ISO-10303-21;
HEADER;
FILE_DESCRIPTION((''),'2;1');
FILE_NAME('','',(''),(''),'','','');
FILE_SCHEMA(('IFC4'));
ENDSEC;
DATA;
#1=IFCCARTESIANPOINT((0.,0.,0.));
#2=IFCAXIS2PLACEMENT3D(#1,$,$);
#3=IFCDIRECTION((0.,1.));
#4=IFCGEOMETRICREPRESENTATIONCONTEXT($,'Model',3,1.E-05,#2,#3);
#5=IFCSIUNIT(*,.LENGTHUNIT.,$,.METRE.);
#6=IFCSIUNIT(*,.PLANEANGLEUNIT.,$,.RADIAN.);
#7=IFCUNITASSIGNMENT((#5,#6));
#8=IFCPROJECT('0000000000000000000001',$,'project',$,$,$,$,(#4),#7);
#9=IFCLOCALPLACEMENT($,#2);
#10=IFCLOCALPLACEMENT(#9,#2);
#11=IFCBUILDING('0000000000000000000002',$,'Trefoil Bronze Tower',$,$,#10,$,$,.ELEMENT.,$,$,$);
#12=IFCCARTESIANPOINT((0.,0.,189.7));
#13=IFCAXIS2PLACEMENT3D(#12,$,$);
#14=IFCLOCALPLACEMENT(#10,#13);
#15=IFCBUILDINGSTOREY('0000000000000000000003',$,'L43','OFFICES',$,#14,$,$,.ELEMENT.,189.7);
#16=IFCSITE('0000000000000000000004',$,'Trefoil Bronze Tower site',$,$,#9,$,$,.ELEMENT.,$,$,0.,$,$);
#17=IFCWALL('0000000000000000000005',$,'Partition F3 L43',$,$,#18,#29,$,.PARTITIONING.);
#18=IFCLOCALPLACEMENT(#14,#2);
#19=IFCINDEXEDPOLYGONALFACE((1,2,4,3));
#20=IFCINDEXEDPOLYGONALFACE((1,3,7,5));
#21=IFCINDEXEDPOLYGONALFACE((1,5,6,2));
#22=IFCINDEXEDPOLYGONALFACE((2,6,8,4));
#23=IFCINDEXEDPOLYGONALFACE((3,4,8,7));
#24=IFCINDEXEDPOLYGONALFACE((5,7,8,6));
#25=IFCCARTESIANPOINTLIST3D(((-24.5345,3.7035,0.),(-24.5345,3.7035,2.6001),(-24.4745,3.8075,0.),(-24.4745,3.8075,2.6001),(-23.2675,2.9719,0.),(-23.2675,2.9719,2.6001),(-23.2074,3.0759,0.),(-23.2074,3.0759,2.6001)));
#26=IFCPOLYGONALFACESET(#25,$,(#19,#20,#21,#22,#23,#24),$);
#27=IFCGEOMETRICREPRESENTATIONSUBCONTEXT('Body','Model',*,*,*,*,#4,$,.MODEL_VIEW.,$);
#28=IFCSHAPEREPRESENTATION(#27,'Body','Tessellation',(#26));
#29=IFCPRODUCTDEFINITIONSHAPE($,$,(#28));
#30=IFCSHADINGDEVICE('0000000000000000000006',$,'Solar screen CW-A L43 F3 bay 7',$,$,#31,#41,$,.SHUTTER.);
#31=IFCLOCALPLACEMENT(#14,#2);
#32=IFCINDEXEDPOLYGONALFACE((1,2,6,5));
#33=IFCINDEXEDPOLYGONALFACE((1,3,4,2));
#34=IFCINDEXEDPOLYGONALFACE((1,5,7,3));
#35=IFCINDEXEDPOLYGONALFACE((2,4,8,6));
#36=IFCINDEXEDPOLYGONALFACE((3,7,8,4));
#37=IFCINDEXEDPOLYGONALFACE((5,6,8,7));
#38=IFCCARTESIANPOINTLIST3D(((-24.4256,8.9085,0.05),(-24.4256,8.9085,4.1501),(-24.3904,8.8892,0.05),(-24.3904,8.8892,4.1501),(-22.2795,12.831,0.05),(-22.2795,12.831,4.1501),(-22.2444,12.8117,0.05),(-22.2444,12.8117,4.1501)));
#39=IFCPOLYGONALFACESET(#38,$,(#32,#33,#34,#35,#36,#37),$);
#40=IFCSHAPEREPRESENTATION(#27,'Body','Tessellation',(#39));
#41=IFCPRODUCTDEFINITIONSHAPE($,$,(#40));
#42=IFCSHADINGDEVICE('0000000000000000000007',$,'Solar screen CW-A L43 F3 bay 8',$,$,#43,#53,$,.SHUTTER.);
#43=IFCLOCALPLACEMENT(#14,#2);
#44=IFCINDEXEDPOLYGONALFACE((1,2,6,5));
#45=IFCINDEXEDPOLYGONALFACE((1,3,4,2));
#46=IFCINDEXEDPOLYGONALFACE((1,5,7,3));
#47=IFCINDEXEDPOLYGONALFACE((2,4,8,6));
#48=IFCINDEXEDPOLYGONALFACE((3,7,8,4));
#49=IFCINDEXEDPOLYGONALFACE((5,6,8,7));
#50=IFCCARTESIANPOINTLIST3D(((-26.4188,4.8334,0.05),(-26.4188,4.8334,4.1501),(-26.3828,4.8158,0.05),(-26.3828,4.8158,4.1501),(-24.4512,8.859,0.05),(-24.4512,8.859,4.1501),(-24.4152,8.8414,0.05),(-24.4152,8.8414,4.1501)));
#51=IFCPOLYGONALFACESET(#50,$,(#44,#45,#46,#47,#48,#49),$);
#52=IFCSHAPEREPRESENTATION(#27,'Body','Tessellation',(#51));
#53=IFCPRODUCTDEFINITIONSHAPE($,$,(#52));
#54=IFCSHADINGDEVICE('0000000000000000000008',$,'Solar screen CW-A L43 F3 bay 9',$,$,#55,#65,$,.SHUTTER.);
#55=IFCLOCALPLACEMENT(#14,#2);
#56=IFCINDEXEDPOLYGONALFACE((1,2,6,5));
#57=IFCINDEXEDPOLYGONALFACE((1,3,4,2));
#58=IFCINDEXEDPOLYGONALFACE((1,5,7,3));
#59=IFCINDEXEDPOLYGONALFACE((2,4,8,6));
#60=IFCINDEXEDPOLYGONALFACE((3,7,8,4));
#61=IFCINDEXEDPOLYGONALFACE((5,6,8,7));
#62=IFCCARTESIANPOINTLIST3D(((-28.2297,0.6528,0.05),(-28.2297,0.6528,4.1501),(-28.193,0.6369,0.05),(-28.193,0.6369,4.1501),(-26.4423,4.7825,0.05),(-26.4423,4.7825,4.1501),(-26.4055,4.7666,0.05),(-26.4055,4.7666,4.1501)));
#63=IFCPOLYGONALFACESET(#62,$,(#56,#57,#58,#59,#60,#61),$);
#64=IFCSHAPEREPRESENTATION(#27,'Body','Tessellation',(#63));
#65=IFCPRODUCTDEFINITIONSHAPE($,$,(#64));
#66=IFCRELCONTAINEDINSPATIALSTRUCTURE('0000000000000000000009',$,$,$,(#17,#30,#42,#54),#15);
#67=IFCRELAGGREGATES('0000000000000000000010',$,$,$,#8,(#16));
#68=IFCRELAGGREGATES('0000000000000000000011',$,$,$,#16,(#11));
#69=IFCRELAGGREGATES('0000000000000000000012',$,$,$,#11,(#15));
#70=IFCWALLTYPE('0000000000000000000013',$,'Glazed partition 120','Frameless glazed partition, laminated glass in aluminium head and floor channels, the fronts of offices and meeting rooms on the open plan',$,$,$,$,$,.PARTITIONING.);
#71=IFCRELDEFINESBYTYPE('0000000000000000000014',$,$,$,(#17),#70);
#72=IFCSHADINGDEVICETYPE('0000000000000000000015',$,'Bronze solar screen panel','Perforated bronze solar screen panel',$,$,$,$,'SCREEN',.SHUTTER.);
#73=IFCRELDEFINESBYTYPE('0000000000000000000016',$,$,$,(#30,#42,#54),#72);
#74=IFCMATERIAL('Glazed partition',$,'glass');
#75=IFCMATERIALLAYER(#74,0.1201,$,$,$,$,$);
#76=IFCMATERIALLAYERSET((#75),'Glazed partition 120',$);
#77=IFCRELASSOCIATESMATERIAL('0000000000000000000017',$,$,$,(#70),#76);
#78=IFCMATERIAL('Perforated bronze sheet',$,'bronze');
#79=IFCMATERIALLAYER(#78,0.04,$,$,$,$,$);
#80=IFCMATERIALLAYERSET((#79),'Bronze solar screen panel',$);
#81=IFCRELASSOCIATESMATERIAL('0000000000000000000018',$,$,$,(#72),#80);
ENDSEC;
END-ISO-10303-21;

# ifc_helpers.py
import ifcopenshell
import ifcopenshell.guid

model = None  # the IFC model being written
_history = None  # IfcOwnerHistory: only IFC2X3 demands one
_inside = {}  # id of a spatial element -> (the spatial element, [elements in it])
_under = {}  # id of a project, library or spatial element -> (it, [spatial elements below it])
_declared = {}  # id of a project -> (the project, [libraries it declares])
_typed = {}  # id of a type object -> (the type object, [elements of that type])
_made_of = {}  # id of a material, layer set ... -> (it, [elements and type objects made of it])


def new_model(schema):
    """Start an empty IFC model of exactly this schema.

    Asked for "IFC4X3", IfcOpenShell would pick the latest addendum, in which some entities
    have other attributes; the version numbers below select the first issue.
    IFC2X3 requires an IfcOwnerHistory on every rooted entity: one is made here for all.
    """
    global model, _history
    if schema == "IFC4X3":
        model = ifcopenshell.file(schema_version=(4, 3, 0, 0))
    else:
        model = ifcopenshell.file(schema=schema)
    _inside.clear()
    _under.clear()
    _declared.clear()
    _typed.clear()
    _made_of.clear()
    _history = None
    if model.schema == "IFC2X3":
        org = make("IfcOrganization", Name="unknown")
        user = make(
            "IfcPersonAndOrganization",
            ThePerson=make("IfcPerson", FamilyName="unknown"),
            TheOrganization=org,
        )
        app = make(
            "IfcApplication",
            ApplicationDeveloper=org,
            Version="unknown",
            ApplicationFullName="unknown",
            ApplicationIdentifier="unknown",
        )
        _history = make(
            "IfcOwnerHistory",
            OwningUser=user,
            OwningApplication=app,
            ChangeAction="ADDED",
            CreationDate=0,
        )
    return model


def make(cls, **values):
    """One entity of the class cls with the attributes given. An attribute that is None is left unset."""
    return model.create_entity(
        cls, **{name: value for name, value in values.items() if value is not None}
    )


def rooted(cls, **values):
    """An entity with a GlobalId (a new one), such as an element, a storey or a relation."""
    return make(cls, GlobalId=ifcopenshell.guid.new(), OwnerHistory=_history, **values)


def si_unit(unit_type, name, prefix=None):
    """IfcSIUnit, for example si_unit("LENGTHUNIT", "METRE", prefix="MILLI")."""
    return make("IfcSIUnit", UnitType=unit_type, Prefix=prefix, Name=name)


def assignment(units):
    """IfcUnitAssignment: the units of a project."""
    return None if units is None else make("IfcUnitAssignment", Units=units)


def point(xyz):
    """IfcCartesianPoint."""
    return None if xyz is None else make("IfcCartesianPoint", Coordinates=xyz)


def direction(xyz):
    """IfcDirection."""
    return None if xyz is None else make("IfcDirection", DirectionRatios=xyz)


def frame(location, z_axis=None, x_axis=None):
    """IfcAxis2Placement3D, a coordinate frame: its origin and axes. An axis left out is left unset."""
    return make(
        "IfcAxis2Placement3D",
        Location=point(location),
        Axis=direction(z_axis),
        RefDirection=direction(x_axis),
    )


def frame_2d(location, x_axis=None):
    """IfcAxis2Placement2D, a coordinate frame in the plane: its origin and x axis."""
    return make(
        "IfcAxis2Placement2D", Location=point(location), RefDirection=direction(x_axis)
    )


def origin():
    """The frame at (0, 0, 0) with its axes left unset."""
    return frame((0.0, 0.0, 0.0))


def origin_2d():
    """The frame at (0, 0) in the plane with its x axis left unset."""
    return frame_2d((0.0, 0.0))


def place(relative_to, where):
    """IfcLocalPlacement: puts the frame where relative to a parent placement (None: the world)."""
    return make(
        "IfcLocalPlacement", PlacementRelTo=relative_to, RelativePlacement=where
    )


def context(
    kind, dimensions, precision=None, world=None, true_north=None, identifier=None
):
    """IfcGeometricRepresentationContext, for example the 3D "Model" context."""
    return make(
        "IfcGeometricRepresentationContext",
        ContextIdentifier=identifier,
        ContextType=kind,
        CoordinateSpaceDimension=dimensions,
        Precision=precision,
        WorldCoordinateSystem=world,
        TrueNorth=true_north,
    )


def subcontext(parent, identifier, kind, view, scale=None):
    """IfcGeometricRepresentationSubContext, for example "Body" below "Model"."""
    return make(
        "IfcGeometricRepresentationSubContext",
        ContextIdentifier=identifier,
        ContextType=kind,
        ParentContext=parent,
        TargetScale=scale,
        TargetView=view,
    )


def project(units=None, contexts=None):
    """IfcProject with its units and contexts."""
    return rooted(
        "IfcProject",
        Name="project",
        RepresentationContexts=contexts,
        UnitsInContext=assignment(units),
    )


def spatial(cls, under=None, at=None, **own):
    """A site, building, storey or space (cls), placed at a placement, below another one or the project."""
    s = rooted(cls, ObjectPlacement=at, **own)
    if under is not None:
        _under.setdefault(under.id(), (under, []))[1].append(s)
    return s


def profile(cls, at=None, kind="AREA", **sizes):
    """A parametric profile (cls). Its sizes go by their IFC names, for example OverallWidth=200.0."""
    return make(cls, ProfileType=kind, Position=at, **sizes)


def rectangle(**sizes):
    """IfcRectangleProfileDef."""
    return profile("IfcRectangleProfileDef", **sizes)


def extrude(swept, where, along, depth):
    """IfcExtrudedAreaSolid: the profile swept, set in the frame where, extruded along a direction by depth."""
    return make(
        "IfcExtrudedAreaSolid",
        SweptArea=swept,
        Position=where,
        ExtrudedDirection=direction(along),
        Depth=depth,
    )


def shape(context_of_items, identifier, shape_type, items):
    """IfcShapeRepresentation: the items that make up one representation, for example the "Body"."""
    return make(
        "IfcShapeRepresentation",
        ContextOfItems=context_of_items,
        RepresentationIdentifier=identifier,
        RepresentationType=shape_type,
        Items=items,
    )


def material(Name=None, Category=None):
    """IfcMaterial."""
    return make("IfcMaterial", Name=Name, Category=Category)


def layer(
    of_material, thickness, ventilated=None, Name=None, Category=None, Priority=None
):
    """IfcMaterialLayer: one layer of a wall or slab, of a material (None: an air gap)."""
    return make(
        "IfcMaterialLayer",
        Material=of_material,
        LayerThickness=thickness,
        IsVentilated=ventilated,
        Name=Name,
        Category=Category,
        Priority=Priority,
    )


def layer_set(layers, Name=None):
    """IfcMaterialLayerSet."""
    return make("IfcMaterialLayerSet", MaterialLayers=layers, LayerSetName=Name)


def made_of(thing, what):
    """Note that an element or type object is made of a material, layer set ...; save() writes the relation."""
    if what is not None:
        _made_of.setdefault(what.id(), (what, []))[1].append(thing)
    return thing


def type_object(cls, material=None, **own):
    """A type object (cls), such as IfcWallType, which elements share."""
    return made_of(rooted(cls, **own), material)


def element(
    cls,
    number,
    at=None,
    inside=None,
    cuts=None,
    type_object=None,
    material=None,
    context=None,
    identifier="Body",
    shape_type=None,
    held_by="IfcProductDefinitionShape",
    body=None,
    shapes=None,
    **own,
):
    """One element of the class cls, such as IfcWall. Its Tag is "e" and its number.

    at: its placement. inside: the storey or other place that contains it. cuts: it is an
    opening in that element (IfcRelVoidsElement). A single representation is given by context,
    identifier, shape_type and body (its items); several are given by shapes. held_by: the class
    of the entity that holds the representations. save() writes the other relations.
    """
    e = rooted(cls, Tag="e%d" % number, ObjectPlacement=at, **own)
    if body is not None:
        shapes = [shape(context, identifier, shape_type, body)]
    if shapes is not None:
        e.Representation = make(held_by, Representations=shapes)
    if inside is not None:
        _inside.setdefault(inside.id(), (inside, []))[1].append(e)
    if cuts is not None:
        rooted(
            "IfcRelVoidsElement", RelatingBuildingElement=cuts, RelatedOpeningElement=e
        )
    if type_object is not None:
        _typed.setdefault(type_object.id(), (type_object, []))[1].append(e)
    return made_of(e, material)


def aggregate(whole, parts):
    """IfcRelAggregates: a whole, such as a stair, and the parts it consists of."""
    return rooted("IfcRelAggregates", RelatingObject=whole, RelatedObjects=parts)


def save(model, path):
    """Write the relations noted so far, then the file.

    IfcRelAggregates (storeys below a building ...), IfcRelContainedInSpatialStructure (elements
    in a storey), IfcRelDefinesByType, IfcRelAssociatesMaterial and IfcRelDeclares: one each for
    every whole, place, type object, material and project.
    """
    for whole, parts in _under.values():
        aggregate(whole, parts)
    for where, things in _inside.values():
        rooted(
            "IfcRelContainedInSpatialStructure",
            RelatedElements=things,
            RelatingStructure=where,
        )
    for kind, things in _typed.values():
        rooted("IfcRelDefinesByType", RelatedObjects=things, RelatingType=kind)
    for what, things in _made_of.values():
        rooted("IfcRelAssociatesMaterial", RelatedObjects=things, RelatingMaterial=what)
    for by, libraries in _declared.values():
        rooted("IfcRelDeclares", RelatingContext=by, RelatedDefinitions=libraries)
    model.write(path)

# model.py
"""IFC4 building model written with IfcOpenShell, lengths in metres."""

from ifc_helpers import new_model, si_unit, direction, frame, frame_2d, origin, origin_2d, place, context, subcontext, project, spatial, rectangle, extrude, material, layer, layer_set, type_object, element, save


model = new_model("IFC4")

# Units and contexts
model_context = context("Model", 3, precision=1e-05, world=origin(), true_north=direction((0.0, 1.0)))
body_context = subcontext(model_context, "Body", "Model", "MODEL_VIEW")
ifc_project = project(units=[si_unit("LENGTHUNIT", "METRE"), si_unit("PLANEANGLEUNIT", "RADIAN")], contexts=[model_context])

# Site, building, storey
site_placement = place(None, origin())
site = spatial("IfcSite", under=ifc_project, at=site_placement, Name="Trefoil Bronze Tower site", CompositionType="ELEMENT", RefElevation=0.0)
building_placement = place(site_placement, origin())
building = spatial("IfcBuilding", under=site, at=building_placement, Name="Trefoil Bronze Tower", CompositionType="ELEMENT")
storey_placement = place(building_placement, frame((0.0, 0.0, 189.7)))
storey = spatial("IfcBuildingStorey", under=building, at=storey_placement, Name="L43", Description="OFFICES", CompositionType="ELEMENT", Elevation=189.7)

# Shared definitions
ifc_material_1 = material(Name="Glazed partition", Category="glass")
ifc_layer_1 = layer(ifc_material_1, 0.1201)
ifc_layer_set_1 = layer_set([ifc_layer_1], Name="Glazed partition 120")
wall_type = type_object("IfcWallType", Name="Glazed partition 120", Description="Frameless glazed partition, laminated glass in aluminium head and floor channels, the fronts of offices and meeting rooms on the open plan", PredefinedType="PARTITIONING", material=ifc_layer_set_1)

# Wall
wall_1_placement = place(storey_placement, frame((-23.2375, 3.0239, 0.0), z_axis=(0.0, 0.0, 1.0), x_axis=(-0.865986, 0.500069, 0.0)))
element("IfcWall", 1, at=wall_1_placement, inside=storey, type_object=wall_type, Name="Partition F3 L43", PredefinedType="PARTITIONING", context=body_context, shape_type="SweptSolid", body=[
    extrude(rectangle(XDim=1.4631, YDim=0.1201, at=frame_2d((0.7314, 0.0))), origin(), (0.0, 0.0, 1.0), 2.6001),
])

# Shading devices
ifc_material_2 = material(Name="Perforated bronze sheet", Category="bronze")
ifc_layer_2 = layer(ifc_material_2, 0.04)
ifc_layer_set_2 = layer_set([ifc_layer_2], Name="Bronze solar screen panel")
shading_device_type = type_object("IfcShadingDeviceType", Name="Bronze solar screen panel", Description="Perforated bronze solar screen panel", ElementType="SCREEN", PredefinedType="SHUTTER", material=ifc_layer_set_2)
shading_device_1_placement = place(storey_placement, frame((-23.335, 10.8601, 0.05), z_axis=(0.0, 0.0, 1.0), x_axis=(-0.479974, -0.877283, 0.0)))
element("IfcShadingDevice", 2, at=shading_device_1_placement, inside=storey, type_object=shading_device_type, Name="Solar screen CW-A L43 F3 bay 7", PredefinedType="SHUTTER", context=body_context, shape_type="SweptSolid", body=[
    extrude(rectangle(XDim=4.4712, YDim=0.04, at=origin_2d()), origin(), (0.0, 0.0, 1.0), 4.1001),
])
shading_device_2_placement = place(storey_placement, frame((-25.417, 6.8374, 0.05), z_axis=(0.0, 0.0, 1.0), x_axis=(-0.439129, -0.898424, 0.0)))
element("IfcShadingDevice", 3, at=shading_device_2_placement, inside=storey, type_object=shading_device_type, Name="Solar screen CW-A L43 F3 bay 8", PredefinedType="SHUTTER", context=body_context, shape_type="SweptSolid", body=[
    extrude(rectangle(XDim=4.4807, YDim=0.04, at=origin_2d()), origin(), (0.0, 0.0, 1.0), 4.1001),
])
shading_device_3_placement = place(storey_placement, frame((-27.3176, 2.7097, 0.05), z_axis=(0.0, 0.0, 1.0), x_axis=(-0.39722, -0.917723, 0.0)))
element("IfcShadingDevice", 4, at=shading_device_3_placement, inside=storey, type_object=shading_device_type, Name="Solar screen CW-A L43 F3 bay 9", PredefinedType="SHUTTER", context=body_context, shape_type="SweptSolid", body=[
    extrude(rectangle(XDim=4.5, YDim=0.04, at=origin_2d()), origin(), (0.0, 0.0, 1.0), 4.1001),
])

save(model, "model.ifc")
